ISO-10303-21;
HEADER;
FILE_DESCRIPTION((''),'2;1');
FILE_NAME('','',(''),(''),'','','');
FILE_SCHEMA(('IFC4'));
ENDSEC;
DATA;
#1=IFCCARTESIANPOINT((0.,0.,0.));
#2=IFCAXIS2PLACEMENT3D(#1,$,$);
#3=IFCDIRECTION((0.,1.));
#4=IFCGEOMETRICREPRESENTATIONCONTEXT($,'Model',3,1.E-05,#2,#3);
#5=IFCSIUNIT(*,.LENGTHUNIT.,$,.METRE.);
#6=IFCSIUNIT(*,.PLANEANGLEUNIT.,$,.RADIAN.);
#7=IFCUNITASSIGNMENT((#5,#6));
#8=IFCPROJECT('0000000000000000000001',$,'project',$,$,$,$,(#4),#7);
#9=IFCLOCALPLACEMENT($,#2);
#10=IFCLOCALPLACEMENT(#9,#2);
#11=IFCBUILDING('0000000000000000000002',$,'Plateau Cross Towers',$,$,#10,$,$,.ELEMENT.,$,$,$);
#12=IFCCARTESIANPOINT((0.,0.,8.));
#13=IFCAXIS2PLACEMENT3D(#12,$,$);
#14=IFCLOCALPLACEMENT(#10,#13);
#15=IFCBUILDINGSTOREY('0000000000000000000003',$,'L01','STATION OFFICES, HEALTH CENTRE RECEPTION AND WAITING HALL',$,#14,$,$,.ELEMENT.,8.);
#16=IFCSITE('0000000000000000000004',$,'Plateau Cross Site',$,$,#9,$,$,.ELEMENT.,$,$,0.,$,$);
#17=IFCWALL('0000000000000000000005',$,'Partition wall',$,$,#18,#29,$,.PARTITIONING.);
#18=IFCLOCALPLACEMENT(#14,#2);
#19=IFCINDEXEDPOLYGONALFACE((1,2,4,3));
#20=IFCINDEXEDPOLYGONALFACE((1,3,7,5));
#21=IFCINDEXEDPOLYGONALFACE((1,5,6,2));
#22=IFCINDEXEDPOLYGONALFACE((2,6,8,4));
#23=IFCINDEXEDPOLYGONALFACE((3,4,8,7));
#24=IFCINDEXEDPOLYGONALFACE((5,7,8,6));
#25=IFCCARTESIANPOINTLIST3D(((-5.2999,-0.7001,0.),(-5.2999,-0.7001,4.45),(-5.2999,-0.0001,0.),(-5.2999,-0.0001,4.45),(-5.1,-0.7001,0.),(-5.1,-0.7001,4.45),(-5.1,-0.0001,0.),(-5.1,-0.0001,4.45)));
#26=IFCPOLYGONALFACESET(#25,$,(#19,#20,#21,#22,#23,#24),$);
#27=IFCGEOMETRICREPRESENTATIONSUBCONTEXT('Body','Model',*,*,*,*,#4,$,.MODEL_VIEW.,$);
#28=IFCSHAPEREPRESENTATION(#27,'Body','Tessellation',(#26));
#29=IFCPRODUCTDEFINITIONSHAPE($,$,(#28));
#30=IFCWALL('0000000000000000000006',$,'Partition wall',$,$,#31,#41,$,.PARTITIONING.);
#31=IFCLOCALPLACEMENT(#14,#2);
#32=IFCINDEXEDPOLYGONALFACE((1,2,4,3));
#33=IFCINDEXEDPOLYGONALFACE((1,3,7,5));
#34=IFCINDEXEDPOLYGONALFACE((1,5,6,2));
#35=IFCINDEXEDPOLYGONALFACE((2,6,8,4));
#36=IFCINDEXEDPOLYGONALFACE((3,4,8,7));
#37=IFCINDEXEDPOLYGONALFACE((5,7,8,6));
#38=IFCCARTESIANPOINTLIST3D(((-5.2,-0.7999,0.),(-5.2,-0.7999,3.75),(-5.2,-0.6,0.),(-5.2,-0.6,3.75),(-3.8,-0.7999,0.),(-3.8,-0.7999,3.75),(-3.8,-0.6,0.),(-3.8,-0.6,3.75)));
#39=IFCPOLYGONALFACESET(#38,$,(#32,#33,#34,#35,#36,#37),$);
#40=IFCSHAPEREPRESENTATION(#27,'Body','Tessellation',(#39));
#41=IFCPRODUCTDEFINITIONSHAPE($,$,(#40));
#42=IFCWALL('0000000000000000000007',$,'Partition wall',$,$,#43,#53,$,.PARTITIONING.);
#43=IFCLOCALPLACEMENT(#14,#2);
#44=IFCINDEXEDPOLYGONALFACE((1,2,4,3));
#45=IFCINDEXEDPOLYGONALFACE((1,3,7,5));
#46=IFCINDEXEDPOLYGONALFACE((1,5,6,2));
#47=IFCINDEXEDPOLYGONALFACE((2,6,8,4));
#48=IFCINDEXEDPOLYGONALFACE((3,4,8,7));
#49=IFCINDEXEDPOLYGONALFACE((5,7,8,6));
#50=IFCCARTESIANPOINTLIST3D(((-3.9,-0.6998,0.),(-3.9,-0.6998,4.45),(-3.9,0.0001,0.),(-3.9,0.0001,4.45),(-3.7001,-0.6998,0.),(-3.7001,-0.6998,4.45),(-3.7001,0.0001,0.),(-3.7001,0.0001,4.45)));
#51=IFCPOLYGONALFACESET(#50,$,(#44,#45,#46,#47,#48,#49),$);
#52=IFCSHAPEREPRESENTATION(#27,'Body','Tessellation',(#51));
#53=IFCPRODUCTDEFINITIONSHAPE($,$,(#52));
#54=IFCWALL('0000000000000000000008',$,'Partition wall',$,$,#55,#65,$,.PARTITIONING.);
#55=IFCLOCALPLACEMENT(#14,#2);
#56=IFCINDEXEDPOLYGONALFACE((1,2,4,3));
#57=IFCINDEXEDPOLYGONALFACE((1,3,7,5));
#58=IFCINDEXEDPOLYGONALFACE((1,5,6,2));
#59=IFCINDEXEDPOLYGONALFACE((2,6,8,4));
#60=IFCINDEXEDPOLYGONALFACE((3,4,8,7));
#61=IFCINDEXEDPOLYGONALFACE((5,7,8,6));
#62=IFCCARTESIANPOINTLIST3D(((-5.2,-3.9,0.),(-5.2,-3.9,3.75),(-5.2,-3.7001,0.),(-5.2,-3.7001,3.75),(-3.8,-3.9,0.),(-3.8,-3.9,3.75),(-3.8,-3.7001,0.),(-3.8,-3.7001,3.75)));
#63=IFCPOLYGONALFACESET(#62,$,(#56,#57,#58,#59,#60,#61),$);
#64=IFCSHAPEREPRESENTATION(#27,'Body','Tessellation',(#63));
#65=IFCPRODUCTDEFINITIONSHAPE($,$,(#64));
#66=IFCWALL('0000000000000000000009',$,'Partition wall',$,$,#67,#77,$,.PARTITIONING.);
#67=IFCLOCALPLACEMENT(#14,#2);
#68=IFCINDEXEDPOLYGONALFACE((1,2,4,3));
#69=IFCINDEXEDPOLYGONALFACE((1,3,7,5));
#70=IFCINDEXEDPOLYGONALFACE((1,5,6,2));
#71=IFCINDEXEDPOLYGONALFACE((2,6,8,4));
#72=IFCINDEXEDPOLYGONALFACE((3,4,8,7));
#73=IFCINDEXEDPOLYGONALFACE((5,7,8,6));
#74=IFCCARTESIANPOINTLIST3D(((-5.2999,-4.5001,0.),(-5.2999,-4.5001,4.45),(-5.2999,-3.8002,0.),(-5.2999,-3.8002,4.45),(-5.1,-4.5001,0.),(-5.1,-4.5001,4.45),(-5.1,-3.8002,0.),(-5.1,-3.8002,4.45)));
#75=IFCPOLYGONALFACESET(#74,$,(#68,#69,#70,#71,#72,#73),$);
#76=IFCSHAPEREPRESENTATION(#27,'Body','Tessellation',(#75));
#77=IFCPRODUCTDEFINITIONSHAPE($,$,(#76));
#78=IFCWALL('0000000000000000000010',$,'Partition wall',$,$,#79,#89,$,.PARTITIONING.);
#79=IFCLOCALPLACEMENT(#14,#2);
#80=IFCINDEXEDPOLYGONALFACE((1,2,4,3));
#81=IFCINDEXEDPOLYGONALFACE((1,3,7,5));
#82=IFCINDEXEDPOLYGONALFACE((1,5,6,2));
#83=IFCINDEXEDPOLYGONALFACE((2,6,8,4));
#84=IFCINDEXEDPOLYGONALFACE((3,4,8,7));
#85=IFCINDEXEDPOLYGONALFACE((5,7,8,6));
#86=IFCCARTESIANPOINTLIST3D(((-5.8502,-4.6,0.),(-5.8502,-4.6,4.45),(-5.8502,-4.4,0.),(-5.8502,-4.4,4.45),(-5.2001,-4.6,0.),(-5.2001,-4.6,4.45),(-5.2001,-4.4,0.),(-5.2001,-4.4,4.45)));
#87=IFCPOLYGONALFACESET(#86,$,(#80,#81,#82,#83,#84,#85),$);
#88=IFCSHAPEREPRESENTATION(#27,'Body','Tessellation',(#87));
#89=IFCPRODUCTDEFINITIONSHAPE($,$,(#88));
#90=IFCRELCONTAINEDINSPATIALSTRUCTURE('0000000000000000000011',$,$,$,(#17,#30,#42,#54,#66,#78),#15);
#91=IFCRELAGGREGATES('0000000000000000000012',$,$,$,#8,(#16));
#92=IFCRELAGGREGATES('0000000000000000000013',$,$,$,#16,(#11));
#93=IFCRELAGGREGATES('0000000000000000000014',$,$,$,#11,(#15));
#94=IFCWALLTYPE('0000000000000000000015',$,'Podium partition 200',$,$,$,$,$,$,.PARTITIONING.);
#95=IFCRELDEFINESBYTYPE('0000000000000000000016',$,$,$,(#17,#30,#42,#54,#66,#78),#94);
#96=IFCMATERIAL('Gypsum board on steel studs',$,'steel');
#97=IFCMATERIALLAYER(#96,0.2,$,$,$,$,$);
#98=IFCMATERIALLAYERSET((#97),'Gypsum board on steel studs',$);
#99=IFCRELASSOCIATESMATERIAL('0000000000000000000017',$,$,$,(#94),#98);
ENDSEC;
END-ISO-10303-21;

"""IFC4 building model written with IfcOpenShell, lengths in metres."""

from ifc_helpers import new_model, si_unit, direction, frame, frame_2d, origin, place, context, subcontext, project, spatial, rectangle, extrude, material, layer, layer_set, type_object, element, save


model = new_model("IFC4")

# Units and contexts
model_context = context("Model", 3, precision=1e-05, world=origin(), true_north=direction((0.0, 1.0)))
body_context = subcontext(model_context, "Body", "Model", "MODEL_VIEW")
ifc_project = project(units=[si_unit("LENGTHUNIT", "METRE"), si_unit("PLANEANGLEUNIT", "RADIAN")], contexts=[model_context])

# Site, building, storey
site_placement = place(None, origin())
site = spatial("IfcSite", under=ifc_project, at=site_placement, Name="Plateau Cross Site", CompositionType="ELEMENT", RefElevation=0.0)
building_placement = place(site_placement, origin())
building = spatial("IfcBuilding", under=site, at=building_placement, Name="Plateau Cross Towers", CompositionType="ELEMENT")
storey_placement = place(building_placement, frame((0.0, 0.0, 8.0)))
storey = spatial("IfcBuildingStorey", under=building, at=storey_placement, Name="L01", Description="STATION OFFICES, HEALTH CENTRE RECEPTION AND WAITING HALL", CompositionType="ELEMENT", Elevation=8.0)

# Shared definitions
ifc_material_1 = material(Name="Gypsum board on steel studs", Category="steel")
ifc_layer_1 = layer(ifc_material_1, 0.2)
ifc_layer_set_1 = layer_set([ifc_layer_1], Name="Gypsum board on steel studs")
wall_type_1 = type_object("IfcWallType", Name="Podium partition 200", PredefinedType="PARTITIONING", material=ifc_layer_set_1)

# Walls
wall_1_placement = place(storey_placement, frame((-5.2, 0.0, 0.0), z_axis=(0.0, 0.0, 1.0), x_axis=(0.0, -1.0, 0.0)))
element("IfcWall", 1, at=wall_1_placement, inside=storey, type_object=wall_type_1, Name="Partition wall", PredefinedType="PARTITIONING", context=body_context, shape_type="SweptSolid", body=[
    extrude(rectangle(XDim=0.7, YDim=0.2, at=frame_2d((0.3501, 0.0))), origin(), (0.0, 0.0, 1.0), 4.45),
])
wall_2_placement = place(storey_placement, frame((-5.2, -0.7, 0.0), z_axis=(0.0, 0.0, 1.0), x_axis=(1.0, 0.0, 0.0)))
element("IfcWall", 2, at=wall_2_placement, inside=storey, type_object=wall_type_1, Name="Partition wall", PredefinedType="PARTITIONING", context=body_context, shape_type="SweptSolid", body=[
    extrude(rectangle(XDim=1.3999, YDim=0.2, at=frame_2d((0.7, 0.0))), origin(), (0.0, 0.0, 1.0), 3.75),
])
wall_3_placement = place(storey_placement, frame((-3.8, -0.7, 0.0), z_axis=(0.0, 0.0, 1.0), x_axis=(0.0, 1.0, 0.0)))
element("IfcWall", 3, at=wall_3_placement, inside=storey, type_object=wall_type_1, Name="Partition wall", PredefinedType="PARTITIONING", context=body_context, shape_type="SweptSolid", body=[
    extrude(rectangle(XDim=0.7, YDim=0.2, at=frame_2d((0.3501, 0.0))), origin(), (0.0, 0.0, 1.0), 4.45),
])
wall_4_placement = place(storey_placement, frame((-3.8, -3.8, 0.0), z_axis=(0.0, 0.0, 1.0), x_axis=(-1.0, 0.0, 0.0)))
element("IfcWall", 4, at=wall_4_placement, inside=storey, type_object=wall_type_1, Name="Partition wall", PredefinedType="PARTITIONING", context=body_context, shape_type="SweptSolid", body=[
    extrude(rectangle(XDim=1.3999, YDim=0.2, at=frame_2d((0.7, 0.0))), origin(), (0.0, 0.0, 1.0), 3.75),
])
wall_5_placement = place(storey_placement, frame((-5.2, -3.8, 0.0), z_axis=(0.0, 0.0, 1.0), x_axis=(0.0, -1.0, 0.0)))
element("IfcWall", 5, at=wall_5_placement, inside=storey, type_object=wall_type_1, Name="Partition wall", PredefinedType="PARTITIONING", context=body_context, shape_type="SweptSolid", body=[
    extrude(rectangle(XDim=0.7, YDim=0.2, at=frame_2d((0.3501, 0.0))), origin(), (0.0, 0.0, 1.0), 4.45),
])
wall_6_placement = place(storey_placement, frame((-5.2, -4.5, 0.0), z_axis=(0.0, 0.0, 1.0), x_axis=(-1.0, 0.0, 0.0)))
element("IfcWall", 6, at=wall_6_placement, inside=storey, type_object=wall_type_1, Name="Partition wall", PredefinedType="PARTITIONING", context=body_context, shape_type="SweptSolid", body=[
    extrude(rectangle(XDim=0.6501, YDim=0.2, at=frame_2d((0.3252, 0.0))), origin(), (0.0, 0.0, 1.0), 4.45),
])

save(model, "model.ifc")
